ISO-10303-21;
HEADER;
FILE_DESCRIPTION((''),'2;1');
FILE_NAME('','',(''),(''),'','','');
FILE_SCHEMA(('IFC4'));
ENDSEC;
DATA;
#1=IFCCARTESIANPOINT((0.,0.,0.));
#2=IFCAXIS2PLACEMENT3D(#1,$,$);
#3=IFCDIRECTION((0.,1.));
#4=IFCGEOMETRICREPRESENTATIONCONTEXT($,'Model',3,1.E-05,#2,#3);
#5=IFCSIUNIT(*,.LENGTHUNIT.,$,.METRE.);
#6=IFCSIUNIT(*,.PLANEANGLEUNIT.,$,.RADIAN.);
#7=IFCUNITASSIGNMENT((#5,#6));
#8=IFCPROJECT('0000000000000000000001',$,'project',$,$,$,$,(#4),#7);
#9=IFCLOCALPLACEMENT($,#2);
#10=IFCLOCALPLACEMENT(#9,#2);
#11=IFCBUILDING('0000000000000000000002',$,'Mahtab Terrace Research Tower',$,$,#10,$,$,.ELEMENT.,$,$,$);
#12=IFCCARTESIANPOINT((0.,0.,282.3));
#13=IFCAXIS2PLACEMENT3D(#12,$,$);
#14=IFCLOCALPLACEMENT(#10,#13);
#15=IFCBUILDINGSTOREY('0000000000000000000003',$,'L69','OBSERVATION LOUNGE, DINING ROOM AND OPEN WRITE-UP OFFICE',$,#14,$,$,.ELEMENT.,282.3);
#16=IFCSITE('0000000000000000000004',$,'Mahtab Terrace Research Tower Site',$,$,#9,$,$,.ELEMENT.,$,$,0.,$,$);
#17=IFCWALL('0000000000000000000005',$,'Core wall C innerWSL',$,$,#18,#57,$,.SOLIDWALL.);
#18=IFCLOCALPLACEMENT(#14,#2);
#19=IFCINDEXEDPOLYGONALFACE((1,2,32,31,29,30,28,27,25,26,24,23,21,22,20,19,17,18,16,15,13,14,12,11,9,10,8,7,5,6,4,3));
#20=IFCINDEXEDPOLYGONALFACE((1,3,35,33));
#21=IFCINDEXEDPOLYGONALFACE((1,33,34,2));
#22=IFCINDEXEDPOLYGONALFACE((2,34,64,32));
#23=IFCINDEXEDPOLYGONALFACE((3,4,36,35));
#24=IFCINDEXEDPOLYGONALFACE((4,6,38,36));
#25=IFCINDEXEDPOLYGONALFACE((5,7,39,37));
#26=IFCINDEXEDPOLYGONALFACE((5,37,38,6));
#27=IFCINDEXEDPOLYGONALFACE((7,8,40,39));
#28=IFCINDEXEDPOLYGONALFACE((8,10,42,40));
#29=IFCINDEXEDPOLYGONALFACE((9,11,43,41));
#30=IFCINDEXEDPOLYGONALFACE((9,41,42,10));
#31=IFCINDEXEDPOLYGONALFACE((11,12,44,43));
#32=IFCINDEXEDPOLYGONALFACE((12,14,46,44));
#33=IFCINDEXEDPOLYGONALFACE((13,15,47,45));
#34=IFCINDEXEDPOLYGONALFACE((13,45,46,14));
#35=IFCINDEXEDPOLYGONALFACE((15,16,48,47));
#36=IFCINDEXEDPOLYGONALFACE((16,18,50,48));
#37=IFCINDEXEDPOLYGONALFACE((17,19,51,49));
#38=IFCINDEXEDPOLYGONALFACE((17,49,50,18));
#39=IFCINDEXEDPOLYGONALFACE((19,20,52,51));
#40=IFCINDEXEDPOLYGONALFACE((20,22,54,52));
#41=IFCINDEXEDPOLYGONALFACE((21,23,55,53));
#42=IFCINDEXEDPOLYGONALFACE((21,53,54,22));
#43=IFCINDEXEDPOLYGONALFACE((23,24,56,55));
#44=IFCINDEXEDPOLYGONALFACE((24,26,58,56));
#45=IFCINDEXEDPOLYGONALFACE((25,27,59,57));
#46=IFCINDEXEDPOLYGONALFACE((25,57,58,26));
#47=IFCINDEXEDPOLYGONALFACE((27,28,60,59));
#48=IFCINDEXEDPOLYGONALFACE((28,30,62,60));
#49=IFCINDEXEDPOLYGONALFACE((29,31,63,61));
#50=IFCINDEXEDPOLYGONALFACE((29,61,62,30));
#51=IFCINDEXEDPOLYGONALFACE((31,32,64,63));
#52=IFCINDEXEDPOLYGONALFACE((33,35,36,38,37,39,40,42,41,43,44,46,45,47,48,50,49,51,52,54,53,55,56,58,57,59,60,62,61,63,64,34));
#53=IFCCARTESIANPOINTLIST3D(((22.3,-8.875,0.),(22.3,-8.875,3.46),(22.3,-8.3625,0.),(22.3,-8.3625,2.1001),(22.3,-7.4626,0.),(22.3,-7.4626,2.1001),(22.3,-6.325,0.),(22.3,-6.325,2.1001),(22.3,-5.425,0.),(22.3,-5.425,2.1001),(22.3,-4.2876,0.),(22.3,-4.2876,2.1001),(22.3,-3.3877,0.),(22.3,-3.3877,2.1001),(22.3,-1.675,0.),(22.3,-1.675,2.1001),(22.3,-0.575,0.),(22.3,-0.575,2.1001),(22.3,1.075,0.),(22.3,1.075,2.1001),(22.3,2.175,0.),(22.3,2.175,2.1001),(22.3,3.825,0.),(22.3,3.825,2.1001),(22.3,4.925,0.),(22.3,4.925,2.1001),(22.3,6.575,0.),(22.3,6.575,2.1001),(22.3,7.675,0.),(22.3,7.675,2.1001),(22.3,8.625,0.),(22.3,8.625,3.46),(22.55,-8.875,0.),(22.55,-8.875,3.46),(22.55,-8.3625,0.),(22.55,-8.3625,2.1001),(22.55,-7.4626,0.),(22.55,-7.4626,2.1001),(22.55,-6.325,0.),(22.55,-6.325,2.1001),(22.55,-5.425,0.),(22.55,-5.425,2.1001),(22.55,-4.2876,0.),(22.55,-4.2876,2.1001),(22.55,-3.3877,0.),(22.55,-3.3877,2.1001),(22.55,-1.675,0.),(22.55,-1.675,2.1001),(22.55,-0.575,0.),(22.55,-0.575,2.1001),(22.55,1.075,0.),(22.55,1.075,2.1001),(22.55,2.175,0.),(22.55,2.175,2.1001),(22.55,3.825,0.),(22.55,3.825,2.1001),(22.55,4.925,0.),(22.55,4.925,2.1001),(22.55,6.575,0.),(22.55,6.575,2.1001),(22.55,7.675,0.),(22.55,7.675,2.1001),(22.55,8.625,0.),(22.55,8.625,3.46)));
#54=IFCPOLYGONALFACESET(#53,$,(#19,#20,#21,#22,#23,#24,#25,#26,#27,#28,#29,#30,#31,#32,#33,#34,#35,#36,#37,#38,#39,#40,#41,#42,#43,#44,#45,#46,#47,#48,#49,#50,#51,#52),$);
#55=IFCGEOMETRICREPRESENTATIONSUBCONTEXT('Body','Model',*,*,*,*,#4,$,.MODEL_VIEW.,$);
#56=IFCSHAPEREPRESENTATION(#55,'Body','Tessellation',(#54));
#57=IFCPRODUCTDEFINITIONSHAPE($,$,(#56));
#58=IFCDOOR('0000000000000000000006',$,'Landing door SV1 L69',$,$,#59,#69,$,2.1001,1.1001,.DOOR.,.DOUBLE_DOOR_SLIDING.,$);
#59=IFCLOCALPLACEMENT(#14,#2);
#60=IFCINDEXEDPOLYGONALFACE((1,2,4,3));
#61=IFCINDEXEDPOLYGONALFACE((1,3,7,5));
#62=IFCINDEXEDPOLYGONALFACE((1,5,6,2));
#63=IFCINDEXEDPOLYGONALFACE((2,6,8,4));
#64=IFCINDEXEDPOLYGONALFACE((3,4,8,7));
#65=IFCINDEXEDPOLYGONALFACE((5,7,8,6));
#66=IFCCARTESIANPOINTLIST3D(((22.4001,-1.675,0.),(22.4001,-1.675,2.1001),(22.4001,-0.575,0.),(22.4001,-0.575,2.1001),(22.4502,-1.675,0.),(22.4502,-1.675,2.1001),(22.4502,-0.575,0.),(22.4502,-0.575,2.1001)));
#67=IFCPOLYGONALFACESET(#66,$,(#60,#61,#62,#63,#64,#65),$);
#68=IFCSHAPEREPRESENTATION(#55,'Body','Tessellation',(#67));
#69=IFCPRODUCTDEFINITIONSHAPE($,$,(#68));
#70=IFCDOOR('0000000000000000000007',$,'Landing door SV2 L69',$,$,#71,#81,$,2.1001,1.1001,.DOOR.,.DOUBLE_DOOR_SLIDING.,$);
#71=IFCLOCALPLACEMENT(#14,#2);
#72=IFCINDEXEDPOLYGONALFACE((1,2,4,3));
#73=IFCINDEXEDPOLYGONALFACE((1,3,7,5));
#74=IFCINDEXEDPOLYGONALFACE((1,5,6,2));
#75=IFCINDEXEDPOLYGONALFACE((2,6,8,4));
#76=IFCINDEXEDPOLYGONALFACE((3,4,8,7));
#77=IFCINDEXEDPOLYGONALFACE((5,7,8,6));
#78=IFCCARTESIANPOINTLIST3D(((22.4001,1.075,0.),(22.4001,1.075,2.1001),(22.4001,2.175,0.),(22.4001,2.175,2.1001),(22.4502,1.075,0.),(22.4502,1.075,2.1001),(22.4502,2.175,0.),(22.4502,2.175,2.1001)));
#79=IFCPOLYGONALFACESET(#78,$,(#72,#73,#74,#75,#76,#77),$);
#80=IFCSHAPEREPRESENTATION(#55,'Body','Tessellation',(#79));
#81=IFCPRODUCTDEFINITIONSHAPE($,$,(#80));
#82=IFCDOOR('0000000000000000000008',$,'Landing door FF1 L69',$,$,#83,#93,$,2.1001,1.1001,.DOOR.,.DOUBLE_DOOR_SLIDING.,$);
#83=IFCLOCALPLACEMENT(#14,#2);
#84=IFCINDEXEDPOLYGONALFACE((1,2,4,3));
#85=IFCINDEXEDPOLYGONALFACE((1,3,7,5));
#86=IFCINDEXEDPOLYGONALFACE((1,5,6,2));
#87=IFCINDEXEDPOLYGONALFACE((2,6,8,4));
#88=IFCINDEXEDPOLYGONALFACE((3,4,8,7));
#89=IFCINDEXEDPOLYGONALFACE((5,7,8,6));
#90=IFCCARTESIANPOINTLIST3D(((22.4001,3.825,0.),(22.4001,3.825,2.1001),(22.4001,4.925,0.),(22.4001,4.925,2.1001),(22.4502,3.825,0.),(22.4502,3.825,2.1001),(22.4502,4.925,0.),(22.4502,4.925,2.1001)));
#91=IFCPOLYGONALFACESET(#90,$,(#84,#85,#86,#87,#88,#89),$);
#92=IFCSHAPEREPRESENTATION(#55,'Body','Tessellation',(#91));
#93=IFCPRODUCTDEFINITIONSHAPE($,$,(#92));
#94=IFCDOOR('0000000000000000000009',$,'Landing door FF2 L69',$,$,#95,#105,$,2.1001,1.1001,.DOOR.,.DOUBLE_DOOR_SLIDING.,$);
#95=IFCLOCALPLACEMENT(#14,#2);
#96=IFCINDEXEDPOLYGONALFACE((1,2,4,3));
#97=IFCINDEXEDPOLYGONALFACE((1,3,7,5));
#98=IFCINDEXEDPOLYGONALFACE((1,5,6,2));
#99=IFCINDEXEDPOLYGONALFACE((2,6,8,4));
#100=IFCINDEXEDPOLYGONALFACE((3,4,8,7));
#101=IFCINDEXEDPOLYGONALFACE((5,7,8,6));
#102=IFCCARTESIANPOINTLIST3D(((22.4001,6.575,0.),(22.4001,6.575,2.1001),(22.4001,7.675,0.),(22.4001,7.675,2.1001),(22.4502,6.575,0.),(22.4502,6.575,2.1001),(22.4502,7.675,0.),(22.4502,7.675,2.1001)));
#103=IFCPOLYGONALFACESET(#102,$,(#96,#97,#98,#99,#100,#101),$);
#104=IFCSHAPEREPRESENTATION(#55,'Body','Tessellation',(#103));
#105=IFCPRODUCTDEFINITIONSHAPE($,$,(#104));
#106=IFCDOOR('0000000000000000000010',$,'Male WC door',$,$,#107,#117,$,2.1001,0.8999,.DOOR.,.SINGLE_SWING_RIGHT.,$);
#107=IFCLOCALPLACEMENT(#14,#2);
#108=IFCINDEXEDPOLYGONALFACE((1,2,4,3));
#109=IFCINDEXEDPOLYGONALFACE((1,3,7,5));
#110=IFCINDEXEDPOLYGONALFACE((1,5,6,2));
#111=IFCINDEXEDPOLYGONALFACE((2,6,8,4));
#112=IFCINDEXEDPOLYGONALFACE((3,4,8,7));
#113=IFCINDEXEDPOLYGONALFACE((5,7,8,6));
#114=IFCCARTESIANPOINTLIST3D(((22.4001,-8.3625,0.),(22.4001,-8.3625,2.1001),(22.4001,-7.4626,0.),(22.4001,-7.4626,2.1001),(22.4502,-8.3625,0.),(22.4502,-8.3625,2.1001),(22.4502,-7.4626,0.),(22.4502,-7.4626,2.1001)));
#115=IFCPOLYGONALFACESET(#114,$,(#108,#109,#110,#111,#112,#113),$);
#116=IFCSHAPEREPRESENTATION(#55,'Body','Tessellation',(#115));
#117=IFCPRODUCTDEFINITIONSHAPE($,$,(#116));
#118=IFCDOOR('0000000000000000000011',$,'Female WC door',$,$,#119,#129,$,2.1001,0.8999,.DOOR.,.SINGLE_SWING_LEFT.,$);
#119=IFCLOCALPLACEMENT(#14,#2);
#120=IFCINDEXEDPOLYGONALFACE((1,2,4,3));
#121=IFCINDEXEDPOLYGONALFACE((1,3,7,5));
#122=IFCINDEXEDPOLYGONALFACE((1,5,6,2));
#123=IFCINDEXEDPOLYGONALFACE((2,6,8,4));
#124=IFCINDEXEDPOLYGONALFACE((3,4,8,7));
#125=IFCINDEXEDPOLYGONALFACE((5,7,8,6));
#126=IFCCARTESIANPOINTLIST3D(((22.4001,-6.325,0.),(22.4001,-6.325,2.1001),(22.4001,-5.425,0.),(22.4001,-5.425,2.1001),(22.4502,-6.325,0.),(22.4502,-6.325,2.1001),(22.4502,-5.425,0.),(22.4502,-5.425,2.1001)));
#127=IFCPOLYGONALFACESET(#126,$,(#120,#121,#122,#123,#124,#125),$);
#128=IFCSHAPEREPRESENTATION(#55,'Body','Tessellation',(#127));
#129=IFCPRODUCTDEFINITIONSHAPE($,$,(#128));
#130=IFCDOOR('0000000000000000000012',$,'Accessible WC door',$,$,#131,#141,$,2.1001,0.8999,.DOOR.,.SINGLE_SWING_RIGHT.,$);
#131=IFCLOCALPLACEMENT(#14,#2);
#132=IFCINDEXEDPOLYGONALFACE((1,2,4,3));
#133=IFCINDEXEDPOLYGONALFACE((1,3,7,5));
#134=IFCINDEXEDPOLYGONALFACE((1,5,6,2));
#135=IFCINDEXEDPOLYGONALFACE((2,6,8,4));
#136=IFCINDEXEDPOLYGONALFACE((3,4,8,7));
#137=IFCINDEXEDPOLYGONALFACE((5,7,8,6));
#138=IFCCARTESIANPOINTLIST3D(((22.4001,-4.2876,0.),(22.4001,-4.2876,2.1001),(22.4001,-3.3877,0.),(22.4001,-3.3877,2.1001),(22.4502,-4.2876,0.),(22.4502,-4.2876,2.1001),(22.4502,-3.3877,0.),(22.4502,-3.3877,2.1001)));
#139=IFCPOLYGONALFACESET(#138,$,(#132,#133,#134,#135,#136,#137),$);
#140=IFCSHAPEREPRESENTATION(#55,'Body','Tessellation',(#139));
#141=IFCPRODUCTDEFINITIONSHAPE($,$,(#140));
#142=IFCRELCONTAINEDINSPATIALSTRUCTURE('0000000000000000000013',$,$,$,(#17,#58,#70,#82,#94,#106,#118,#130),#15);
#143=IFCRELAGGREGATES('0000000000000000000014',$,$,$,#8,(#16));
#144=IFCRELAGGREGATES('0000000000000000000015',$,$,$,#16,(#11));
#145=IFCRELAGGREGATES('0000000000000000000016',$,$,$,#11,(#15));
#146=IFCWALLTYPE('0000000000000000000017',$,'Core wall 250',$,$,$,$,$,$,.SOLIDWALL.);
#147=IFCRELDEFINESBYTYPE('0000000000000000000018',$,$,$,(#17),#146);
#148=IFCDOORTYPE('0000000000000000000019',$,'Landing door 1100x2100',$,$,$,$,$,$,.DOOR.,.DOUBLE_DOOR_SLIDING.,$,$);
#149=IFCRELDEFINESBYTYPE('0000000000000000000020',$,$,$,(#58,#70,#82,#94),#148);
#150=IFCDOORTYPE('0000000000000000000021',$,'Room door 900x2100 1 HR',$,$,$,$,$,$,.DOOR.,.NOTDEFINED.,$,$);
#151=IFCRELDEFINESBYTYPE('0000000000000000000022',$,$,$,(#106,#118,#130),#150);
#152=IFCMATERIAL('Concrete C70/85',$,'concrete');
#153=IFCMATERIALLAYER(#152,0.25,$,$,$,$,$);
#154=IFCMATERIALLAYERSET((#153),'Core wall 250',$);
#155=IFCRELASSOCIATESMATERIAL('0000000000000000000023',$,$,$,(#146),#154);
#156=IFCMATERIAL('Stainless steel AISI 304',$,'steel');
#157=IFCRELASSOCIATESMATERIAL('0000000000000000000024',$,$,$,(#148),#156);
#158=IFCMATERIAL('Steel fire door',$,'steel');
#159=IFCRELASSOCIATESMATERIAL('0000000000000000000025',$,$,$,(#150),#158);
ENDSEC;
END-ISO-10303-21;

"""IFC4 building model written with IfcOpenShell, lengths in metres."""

from ifc_helpers import new_model, si_unit, direction, frame, frame_2d, origin, place, context, subcontext, project, spatial, rectangle, extrude, material, layer, layer_set, type_object, element, fill, save


model = new_model("IFC4")

# Units and contexts
model_context = context("Model", 3, precision=1e-05, world=origin(), true_north=direction((0.0, 1.0)))
body_context = subcontext(model_context, "Body", "Model", "MODEL_VIEW")
ifc_project = project(units=[si_unit("LENGTHUNIT", "METRE"), si_unit("PLANEANGLEUNIT", "RADIAN")], contexts=[model_context])

# Site, building, storey
site_placement = place(None, origin())
site = spatial("IfcSite", under=ifc_project, at=site_placement, Name="Mahtab Terrace Research Tower Site", CompositionType="ELEMENT", RefElevation=0.0)
building_placement = place(site_placement, origin())
building = spatial("IfcBuilding", under=site, at=building_placement, Name="Mahtab Terrace Research Tower", CompositionType="ELEMENT")
storey_placement = place(building_placement, frame((0.0, 0.0, 282.3)))
storey = spatial("IfcBuildingStorey", under=building, at=storey_placement, Name="L69", Description="OBSERVATION LOUNGE, DINING ROOM AND OPEN WRITE-UP OFFICE", CompositionType="ELEMENT", Elevation=282.3)

# Wall, openings, doors
ifc_material_1 = material(Name="Concrete C70/85", Category="concrete")
ifc_layer_1 = layer(ifc_material_1, 0.25)
ifc_layer_set_1 = layer_set([ifc_layer_1], Name="Core wall 250")
wall_type = type_object("IfcWallType", Name="Core wall 250", PredefinedType="SOLIDWALL", material=ifc_layer_set_1)
wall_1_placement = place(storey_placement, frame((22.425, -8.875, 0.0), z_axis=(0.0, 0.0, 1.0), x_axis=(0.0, 1.0, 0.0)))
wall_1 = element("IfcWall", 1, at=wall_1_placement, inside=storey, type_object=wall_type, Name="Core wall C innerWSL", PredefinedType="SOLIDWALL", context=body_context, shape_type="SweptSolid", body=[
    extrude(rectangle(XDim=17.5, YDim=0.25, at=frame_2d((8.75, 0.0))), origin(), (0.0, 0.0, 1.0), 3.46),
])
opening_1_placement = place(wall_1_placement, frame((7.2, 0.0, 0.0)))
opening_1 = element("IfcOpeningElement", 2, at=opening_1_placement, cuts=wall_1, PredefinedType="OPENING", context=body_context, shape_type="SweptSolid", body=[
    extrude(rectangle(XDim=1.1001, YDim=2.1001, at=frame_2d((0.55, 1.05))), frame((0.0, 0.135, 0.0), z_axis=(0.0, -1.0, 0.0), x_axis=(1.0, 0.0, 0.0)), (0.0, 0.0, 1.0), 0.27),
])
opening_2_placement = place(wall_1_placement, frame((9.95, 0.0, 0.0)))
opening_2 = element("IfcOpeningElement", 3, at=opening_2_placement, cuts=wall_1, PredefinedType="OPENING", context=body_context, shape_type="SweptSolid", body=[
    extrude(rectangle(XDim=1.1001, YDim=2.1001, at=frame_2d((0.55, 1.05))), frame((0.0, 0.135, 0.0), z_axis=(0.0, -1.0, 0.0), x_axis=(1.0, 0.0, 0.0)), (0.0, 0.0, 1.0), 0.27),
])
opening_3_placement = place(wall_1_placement, frame((12.7, 0.0, 0.0)))
opening_3 = element("IfcOpeningElement", 4, at=opening_3_placement, cuts=wall_1, PredefinedType="OPENING", context=body_context, shape_type="SweptSolid", body=[
    extrude(rectangle(XDim=1.1001, YDim=2.1001, at=frame_2d((0.55, 1.05))), frame((0.0, 0.135, 0.0), z_axis=(0.0, -1.0, 0.0), x_axis=(1.0, 0.0, 0.0)), (0.0, 0.0, 1.0), 0.27),
])
opening_4_placement = place(wall_1_placement, frame((15.45, 0.0, 0.0)))
opening_4 = element("IfcOpeningElement", 5, at=opening_4_placement, cuts=wall_1, PredefinedType="OPENING", context=body_context, shape_type="SweptSolid", body=[
    extrude(rectangle(XDim=1.1001, YDim=2.1001, at=frame_2d((0.55, 1.05))), frame((0.0, 0.135, 0.0), z_axis=(0.0, -1.0, 0.0), x_axis=(1.0, 0.0, 0.0)), (0.0, 0.0, 1.0), 0.27),
])
opening_5_placement = place(wall_1_placement, frame((0.5125, 0.0, 0.0)))
opening_5 = element("IfcOpeningElement", 6, at=opening_5_placement, cuts=wall_1, PredefinedType="OPENING", context=body_context, shape_type="SweptSolid", body=[
    extrude(rectangle(XDim=0.8999, YDim=2.1001, at=frame_2d((0.45, 1.05))), frame((0.0, 0.135, 0.0), z_axis=(0.0, -1.0, 0.0), x_axis=(1.0, 0.0, 0.0)), (0.0, 0.0, 1.0), 0.27),
])
opening_6_placement = place(wall_1_placement, frame((2.55, 0.0, 0.0)))
opening_6 = element("IfcOpeningElement", 7, at=opening_6_placement, cuts=wall_1, PredefinedType="OPENING", context=body_context, shape_type="SweptSolid", body=[
    extrude(rectangle(XDim=0.8999, YDim=2.1001, at=frame_2d((0.45, 1.05))), frame((0.0, 0.135, 0.0), z_axis=(0.0, -1.0, 0.0), x_axis=(1.0, 0.0, 0.0)), (0.0, 0.0, 1.0), 0.27),
])
opening_7_placement = place(wall_1_placement, frame((4.5874, 0.0, 0.0)))
opening_7 = element("IfcOpeningElement", 8, at=opening_7_placement, cuts=wall_1, PredefinedType="OPENING", context=body_context, shape_type="SweptSolid", body=[
    extrude(rectangle(XDim=0.8999, YDim=2.1001, at=frame_2d((0.45, 1.05))), frame((0.0, 0.135, 0.0), z_axis=(0.0, -1.0, 0.0), x_axis=(1.0, 0.0, 0.0)), (0.0, 0.0, 1.0), 0.27),
])
ifc_material_2 = material(Name="Stainless steel AISI 304", Category="steel")
door_type_1 = type_object("IfcDoorType", Name="Landing door 1100x2100", OperationType="DOUBLE_DOOR_SLIDING", PredefinedType="DOOR", material=ifc_material_2)
door_1_placement = place(opening_1_placement, origin())
door_1 = element("IfcDoor", 9, at=door_1_placement, inside=storey, type_object=door_type_1, Name="Landing door SV1 L69", OperationType="DOUBLE_DOOR_SLIDING", OverallHeight=2.1001, OverallWidth=1.1001, PredefinedType="DOOR", context=body_context, shape_type="SweptSolid", body=[
    extrude(rectangle(XDim=1.1001, YDim=2.1001, at=frame_2d((0.55, 1.05))), frame((0.0, 0.0249, 0.0), z_axis=(0.0, -1.0, 0.0), x_axis=(1.0, 0.0, 0.0)), (0.0, 0.0, 1.0), 0.05),
])
fill(opening_1, door_1)
door_2_placement = place(opening_2_placement, origin())
door_2 = element("IfcDoor", 10, at=door_2_placement, inside=storey, type_object=door_type_1, Name="Landing door SV2 L69", OperationType="DOUBLE_DOOR_SLIDING", OverallHeight=2.1001, OverallWidth=1.1001, PredefinedType="DOOR", context=body_context, shape_type="SweptSolid", body=[
    extrude(rectangle(XDim=1.1001, YDim=2.1001, at=frame_2d((0.55, 1.05))), frame((0.0, 0.0249, 0.0), z_axis=(0.0, -1.0, 0.0), x_axis=(1.0, 0.0, 0.0)), (0.0, 0.0, 1.0), 0.05),
])
fill(opening_2, door_2)
door_3_placement = place(opening_3_placement, origin())
door_3 = element("IfcDoor", 11, at=door_3_placement, inside=storey, type_object=door_type_1, Name="Landing door FF1 L69", OperationType="DOUBLE_DOOR_SLIDING", OverallHeight=2.1001, OverallWidth=1.1001, PredefinedType="DOOR", context=body_context, shape_type="SweptSolid", body=[
    extrude(rectangle(XDim=1.1001, YDim=2.1001, at=frame_2d((0.55, 1.05))), frame((0.0, 0.0249, 0.0), z_axis=(0.0, -1.0, 0.0), x_axis=(1.0, 0.0, 0.0)), (0.0, 0.0, 1.0), 0.05),
])
fill(opening_3, door_3)
door_4_placement = place(opening_4_placement, origin())
door_4 = element("IfcDoor", 12, at=door_4_placement, inside=storey, type_object=door_type_1, Name="Landing door FF2 L69", OperationType="DOUBLE_DOOR_SLIDING", OverallHeight=2.1001, OverallWidth=1.1001, PredefinedType="DOOR", context=body_context, shape_type="SweptSolid", body=[
    extrude(rectangle(XDim=1.1001, YDim=2.1001, at=frame_2d((0.55, 1.05))), frame((0.0, 0.0249, 0.0), z_axis=(0.0, -1.0, 0.0), x_axis=(1.0, 0.0, 0.0)), (0.0, 0.0, 1.0), 0.05),
])
fill(opening_4, door_4)
ifc_material_3 = material(Name="Steel fire door", Category="steel")
door_type_2 = type_object("IfcDoorType", Name="Room door 900x2100 1 HR", OperationType="NOTDEFINED", PredefinedType="DOOR", material=ifc_material_3)
door_5_placement = place(opening_5_placement, origin())
door_5 = element("IfcDoor", 13, at=door_5_placement, inside=storey, type_object=door_type_2, Name="Male WC door", OperationType="SINGLE_SWING_RIGHT", OverallHeight=2.1001, OverallWidth=0.8999, PredefinedType="DOOR", context=body_context, shape_type="SweptSolid", body=[
    extrude(rectangle(XDim=0.8999, YDim=2.1001, at=frame_2d((0.45, 1.05))), frame((0.0, 0.0249, 0.0), z_axis=(0.0, -1.0, 0.0), x_axis=(1.0, 0.0, 0.0)), (0.0, 0.0, 1.0), 0.05),
])
fill(opening_5, door_5)
door_6_placement = place(opening_6_placement, origin())
door_6 = element("IfcDoor", 14, at=door_6_placement, inside=storey, type_object=door_type_2, Name="Female WC door", OperationType="SINGLE_SWING_LEFT", OverallHeight=2.1001, OverallWidth=0.8999, PredefinedType="DOOR", context=body_context, shape_type="SweptSolid", body=[
    extrude(rectangle(XDim=0.8999, YDim=2.1001, at=frame_2d((0.45, 1.05))), frame((0.0, 0.0249, 0.0), z_axis=(0.0, -1.0, 0.0), x_axis=(1.0, 0.0, 0.0)), (0.0, 0.0, 1.0), 0.05),
])
fill(opening_6, door_6)
door_7_placement = place(opening_7_placement, origin())
door_7 = element("IfcDoor", 15, at=door_7_placement, inside=storey, type_object=door_type_2, Name="Accessible WC door", OperationType="SINGLE_SWING_RIGHT", OverallHeight=2.1001, OverallWidth=0.8999, PredefinedType="DOOR", context=body_context, shape_type="SweptSolid", body=[
    extrude(rectangle(XDim=0.8999, YDim=2.1001, at=frame_2d((0.45, 1.05))), frame((0.0, 0.0249, 0.0), z_axis=(0.0, -1.0, 0.0), x_axis=(1.0, 0.0, 0.0)), (0.0, 0.0, 1.0), 0.05),
])
fill(opening_7, door_7)

save(model, "model.ifc")
